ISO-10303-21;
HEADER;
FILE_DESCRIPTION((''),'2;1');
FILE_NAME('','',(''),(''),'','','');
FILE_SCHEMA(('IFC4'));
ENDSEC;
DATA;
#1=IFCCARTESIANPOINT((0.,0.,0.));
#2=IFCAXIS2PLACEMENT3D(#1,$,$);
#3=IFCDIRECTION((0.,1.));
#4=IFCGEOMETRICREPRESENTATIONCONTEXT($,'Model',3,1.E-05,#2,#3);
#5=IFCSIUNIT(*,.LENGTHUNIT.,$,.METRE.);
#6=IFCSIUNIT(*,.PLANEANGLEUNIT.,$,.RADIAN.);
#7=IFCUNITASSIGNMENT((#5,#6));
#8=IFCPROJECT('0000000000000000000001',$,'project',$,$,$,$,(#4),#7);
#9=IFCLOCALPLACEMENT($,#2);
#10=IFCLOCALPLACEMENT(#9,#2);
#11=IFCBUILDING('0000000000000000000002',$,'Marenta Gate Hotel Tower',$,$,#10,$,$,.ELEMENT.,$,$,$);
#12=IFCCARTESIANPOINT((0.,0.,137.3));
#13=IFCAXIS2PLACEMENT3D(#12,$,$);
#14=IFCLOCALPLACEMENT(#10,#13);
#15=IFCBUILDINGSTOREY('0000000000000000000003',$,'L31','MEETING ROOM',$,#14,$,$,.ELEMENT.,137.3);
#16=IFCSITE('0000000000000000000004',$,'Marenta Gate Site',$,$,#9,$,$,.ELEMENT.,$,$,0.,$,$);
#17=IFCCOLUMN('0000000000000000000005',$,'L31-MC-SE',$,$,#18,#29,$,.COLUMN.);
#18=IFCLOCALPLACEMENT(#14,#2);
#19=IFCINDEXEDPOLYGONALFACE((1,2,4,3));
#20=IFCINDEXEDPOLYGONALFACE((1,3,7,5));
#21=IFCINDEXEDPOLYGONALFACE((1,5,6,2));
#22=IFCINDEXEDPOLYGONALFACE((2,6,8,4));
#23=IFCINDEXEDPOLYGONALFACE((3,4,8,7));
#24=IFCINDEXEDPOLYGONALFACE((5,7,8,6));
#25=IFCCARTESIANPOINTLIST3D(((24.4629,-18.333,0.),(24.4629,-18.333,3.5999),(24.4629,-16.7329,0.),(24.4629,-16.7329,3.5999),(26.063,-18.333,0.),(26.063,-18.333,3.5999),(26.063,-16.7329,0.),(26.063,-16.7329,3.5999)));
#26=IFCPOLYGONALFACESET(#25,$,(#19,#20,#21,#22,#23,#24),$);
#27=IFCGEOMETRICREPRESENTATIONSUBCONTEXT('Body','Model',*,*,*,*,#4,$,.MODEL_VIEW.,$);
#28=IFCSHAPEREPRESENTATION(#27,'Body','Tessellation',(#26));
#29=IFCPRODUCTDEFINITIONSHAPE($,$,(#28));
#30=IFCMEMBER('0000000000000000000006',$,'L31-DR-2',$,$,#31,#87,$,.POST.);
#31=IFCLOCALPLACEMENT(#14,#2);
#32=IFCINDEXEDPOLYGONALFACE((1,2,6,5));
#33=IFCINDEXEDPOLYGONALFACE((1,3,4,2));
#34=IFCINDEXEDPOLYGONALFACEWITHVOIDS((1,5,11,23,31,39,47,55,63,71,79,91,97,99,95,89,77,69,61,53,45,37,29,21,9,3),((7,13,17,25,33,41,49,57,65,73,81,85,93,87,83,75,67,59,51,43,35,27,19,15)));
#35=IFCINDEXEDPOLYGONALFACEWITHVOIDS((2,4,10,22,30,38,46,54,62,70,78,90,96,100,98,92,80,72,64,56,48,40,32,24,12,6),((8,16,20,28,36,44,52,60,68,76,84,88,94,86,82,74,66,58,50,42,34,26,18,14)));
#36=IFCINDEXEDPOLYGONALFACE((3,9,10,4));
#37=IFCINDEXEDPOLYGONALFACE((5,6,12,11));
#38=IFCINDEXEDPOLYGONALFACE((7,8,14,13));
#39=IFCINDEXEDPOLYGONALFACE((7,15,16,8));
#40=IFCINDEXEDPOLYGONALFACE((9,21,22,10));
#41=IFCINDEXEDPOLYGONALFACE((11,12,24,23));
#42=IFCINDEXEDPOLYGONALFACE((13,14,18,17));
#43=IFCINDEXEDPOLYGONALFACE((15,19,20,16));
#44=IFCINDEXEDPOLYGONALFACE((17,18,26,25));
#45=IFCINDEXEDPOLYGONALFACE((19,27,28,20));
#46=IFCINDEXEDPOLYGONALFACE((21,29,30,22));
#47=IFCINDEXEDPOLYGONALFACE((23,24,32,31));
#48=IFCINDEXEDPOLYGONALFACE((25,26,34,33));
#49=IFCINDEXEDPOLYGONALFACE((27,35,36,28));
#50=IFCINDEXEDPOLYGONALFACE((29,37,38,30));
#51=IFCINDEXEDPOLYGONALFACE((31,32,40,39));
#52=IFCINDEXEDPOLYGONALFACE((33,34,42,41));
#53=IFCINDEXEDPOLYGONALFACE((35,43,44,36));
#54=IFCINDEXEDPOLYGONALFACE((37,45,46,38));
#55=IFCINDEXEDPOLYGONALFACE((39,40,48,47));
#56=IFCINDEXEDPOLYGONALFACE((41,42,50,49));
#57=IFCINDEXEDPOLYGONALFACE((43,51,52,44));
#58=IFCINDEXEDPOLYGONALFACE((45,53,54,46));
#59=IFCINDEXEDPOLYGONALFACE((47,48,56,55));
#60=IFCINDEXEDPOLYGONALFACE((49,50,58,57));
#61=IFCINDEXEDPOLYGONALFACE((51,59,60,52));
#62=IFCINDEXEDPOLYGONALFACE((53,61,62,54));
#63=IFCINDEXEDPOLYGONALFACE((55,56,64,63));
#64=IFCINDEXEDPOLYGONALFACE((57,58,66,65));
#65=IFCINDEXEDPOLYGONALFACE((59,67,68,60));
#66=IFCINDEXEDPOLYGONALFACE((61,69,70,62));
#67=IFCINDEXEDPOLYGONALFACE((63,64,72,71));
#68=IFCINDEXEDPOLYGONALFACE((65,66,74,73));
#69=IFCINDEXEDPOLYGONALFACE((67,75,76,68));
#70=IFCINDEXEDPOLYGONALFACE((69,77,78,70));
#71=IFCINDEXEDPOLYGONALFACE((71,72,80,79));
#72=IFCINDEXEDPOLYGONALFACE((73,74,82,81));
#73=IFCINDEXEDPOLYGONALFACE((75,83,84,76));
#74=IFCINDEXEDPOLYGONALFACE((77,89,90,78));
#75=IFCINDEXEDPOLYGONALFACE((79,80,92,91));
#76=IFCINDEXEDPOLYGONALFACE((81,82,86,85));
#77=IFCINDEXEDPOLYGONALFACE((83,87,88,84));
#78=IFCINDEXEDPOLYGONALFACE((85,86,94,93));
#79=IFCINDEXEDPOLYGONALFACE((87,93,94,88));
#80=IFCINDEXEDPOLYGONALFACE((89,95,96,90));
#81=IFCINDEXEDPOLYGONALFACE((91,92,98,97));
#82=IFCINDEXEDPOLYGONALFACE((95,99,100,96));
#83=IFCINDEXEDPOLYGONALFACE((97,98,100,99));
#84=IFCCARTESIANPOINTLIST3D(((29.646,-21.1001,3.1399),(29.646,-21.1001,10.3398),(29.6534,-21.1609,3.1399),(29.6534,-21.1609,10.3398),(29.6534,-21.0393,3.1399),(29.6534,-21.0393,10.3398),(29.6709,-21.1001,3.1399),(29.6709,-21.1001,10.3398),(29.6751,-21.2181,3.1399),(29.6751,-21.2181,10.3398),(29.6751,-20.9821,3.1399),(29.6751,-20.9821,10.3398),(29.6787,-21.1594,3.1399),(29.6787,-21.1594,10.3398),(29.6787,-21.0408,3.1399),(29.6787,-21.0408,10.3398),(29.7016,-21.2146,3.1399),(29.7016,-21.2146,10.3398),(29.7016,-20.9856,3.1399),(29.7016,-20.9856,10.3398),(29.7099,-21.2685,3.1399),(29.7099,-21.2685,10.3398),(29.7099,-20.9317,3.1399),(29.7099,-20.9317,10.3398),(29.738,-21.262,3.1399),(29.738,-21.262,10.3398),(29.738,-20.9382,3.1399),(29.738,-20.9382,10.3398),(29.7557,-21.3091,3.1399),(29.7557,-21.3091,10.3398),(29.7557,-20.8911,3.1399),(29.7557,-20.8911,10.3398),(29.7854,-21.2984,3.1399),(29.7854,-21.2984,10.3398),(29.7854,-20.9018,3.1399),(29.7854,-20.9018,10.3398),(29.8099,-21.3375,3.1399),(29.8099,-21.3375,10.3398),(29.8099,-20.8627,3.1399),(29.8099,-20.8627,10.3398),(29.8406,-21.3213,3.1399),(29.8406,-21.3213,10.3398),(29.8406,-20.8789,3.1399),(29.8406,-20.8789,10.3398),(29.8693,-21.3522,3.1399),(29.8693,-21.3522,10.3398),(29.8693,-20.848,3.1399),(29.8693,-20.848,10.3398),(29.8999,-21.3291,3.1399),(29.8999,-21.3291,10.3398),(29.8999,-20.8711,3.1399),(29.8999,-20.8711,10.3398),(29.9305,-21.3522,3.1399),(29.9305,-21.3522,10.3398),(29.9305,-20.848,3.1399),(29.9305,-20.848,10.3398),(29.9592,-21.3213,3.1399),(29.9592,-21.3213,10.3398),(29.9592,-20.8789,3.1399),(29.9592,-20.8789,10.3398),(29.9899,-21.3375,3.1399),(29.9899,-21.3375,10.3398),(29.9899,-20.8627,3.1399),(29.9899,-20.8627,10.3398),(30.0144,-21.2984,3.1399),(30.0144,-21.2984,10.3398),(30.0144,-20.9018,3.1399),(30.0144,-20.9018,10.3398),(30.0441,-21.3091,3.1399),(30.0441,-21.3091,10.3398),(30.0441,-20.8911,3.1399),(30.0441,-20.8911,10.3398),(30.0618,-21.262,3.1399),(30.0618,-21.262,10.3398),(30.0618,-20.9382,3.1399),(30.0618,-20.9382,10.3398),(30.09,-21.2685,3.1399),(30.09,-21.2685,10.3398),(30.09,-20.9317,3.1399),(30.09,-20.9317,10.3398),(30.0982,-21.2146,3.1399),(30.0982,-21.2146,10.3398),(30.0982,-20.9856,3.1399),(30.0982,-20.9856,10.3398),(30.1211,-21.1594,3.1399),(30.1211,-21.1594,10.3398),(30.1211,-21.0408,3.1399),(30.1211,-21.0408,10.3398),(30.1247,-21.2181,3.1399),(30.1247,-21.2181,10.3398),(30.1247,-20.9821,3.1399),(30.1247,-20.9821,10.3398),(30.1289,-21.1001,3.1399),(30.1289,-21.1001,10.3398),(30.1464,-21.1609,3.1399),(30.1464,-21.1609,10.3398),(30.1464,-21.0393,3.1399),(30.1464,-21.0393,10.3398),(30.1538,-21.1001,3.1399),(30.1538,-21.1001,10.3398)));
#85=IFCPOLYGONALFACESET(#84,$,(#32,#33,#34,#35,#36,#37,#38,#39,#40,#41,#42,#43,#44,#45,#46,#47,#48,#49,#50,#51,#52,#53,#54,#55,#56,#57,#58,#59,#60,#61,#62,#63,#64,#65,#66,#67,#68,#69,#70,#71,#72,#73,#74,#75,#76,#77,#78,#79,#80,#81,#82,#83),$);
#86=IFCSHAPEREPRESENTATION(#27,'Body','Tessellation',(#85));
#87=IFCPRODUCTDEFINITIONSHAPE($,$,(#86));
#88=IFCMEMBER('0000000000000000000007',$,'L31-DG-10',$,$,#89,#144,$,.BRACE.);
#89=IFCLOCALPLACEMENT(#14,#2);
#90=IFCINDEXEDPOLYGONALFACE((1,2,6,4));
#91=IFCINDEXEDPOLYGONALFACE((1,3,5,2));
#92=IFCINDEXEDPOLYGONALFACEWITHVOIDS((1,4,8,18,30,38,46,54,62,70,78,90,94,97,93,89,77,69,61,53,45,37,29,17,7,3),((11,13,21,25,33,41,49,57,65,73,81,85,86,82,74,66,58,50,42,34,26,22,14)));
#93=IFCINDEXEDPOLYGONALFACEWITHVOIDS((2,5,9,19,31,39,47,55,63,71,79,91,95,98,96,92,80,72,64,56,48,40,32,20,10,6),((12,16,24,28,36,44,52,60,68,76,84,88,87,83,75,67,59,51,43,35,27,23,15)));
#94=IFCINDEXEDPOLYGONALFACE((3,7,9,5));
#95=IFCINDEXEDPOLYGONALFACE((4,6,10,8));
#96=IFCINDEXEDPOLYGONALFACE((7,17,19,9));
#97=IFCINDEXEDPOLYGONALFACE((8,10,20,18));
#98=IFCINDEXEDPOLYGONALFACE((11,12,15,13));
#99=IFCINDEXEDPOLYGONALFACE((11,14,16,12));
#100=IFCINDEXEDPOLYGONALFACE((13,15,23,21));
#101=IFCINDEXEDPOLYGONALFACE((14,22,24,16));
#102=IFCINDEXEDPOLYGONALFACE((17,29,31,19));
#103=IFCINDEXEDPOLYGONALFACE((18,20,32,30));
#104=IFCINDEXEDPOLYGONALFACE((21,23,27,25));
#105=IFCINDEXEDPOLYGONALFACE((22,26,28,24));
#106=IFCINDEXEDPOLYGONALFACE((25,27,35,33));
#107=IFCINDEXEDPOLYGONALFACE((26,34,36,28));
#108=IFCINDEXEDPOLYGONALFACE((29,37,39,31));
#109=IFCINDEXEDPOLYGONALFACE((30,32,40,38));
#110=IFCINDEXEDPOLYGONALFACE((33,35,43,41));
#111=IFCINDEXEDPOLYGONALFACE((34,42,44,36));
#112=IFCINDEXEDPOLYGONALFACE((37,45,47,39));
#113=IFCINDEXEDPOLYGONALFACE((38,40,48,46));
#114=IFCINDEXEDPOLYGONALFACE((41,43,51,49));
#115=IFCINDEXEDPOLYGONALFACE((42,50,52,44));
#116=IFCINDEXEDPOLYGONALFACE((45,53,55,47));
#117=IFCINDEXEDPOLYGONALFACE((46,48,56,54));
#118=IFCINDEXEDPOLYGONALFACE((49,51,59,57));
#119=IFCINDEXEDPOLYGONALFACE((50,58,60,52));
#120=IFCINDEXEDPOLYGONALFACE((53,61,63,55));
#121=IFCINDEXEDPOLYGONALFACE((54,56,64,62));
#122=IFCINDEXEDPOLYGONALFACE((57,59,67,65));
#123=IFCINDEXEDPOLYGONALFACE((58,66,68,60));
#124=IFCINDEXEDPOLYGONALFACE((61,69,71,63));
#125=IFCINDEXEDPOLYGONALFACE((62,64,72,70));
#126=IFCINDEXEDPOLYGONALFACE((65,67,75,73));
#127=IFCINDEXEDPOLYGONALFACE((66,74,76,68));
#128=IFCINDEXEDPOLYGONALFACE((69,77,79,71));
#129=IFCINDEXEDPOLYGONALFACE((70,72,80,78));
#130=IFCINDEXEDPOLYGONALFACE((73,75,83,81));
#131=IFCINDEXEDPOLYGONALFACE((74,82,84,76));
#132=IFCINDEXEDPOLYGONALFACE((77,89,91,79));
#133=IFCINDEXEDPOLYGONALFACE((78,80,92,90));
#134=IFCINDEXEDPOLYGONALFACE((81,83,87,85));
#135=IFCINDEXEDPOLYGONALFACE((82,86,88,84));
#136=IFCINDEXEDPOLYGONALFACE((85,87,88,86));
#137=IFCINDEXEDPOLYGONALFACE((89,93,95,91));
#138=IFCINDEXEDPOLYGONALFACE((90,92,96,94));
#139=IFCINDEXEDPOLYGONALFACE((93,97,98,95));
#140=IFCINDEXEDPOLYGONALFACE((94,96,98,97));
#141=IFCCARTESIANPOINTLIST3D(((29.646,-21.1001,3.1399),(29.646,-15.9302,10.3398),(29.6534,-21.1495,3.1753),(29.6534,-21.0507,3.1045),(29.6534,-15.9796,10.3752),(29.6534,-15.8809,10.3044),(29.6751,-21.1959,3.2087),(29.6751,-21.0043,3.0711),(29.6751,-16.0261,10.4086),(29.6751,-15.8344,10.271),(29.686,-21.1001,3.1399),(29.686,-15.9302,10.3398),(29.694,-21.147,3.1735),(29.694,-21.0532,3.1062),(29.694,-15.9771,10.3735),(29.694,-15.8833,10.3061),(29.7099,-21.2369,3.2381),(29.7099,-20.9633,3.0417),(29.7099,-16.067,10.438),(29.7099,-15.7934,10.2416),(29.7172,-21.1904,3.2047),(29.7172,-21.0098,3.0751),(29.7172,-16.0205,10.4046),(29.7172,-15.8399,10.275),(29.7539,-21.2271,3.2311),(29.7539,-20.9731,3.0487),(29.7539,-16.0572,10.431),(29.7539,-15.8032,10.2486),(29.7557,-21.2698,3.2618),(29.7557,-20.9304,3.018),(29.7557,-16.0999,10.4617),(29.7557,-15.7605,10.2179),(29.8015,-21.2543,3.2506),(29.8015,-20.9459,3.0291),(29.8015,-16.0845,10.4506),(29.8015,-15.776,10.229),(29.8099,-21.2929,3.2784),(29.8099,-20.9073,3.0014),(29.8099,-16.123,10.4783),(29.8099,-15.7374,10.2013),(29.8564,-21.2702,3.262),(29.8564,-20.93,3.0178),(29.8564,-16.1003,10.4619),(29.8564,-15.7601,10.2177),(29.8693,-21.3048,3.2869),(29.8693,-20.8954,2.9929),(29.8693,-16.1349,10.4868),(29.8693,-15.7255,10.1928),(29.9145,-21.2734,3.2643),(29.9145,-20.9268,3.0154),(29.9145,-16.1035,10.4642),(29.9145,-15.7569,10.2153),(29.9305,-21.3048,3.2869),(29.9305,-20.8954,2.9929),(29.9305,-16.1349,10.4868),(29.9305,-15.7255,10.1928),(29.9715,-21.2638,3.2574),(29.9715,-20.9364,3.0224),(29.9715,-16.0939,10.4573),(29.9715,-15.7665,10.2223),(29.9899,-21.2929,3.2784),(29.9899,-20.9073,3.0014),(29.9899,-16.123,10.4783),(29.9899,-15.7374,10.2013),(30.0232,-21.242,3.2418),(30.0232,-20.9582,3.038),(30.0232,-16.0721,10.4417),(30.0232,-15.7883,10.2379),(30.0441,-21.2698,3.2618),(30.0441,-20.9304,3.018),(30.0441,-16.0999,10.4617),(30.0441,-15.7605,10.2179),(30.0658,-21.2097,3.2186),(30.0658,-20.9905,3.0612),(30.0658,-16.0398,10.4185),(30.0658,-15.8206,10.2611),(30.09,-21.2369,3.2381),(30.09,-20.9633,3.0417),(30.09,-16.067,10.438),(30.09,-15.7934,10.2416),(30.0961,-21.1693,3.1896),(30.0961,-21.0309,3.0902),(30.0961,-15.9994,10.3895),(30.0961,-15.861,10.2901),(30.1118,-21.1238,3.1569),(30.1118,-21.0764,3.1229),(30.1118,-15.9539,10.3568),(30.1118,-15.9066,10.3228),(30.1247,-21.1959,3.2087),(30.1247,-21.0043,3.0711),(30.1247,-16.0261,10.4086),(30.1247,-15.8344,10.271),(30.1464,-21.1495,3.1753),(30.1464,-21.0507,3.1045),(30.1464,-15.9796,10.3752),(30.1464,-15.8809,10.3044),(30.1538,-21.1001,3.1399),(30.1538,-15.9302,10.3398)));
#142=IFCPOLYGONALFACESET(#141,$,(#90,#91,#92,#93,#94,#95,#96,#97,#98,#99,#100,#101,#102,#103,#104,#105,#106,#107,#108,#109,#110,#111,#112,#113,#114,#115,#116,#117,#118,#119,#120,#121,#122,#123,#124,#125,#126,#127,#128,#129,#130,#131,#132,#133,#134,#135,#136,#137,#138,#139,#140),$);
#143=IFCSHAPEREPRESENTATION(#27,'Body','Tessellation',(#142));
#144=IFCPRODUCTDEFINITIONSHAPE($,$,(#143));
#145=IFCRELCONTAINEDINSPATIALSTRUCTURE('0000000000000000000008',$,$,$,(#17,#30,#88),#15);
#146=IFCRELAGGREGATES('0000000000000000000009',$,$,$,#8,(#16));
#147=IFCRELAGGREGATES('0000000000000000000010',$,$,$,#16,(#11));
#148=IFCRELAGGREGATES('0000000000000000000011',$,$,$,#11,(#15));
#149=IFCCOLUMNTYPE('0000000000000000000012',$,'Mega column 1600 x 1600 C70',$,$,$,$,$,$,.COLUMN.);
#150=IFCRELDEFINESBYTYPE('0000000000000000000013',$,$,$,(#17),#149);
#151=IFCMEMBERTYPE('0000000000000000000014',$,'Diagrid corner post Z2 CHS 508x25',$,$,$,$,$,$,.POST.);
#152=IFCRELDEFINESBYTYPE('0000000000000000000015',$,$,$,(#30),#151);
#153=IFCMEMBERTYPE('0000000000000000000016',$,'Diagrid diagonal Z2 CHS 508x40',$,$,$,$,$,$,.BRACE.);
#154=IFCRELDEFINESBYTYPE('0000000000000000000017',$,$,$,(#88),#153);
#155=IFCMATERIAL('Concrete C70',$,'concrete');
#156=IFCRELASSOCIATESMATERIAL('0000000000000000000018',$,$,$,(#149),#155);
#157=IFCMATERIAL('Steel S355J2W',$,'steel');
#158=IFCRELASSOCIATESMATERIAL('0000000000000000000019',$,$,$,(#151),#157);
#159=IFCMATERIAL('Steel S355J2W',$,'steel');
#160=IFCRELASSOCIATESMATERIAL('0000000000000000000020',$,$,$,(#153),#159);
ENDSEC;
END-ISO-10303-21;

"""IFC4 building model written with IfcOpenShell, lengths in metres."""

from ifc_helpers import new_model, si_unit, direction, frame, origin, origin_2d, place, context, subcontext, project, spatial, rectangle, hollow_circle, extrude, material, material_profile, profile_set, type_object, element, save


model = new_model("IFC4")

# Units and contexts
model_context = context("Model", 3, precision=1e-05, world=origin(), true_north=direction((0.0, 1.0)))
body_context = subcontext(model_context, "Body", "Model", "MODEL_VIEW")
ifc_project = project(units=[si_unit("LENGTHUNIT", "METRE"), si_unit("PLANEANGLEUNIT", "RADIAN")], contexts=[model_context])

# Site, building, storey
site_placement = place(None, origin())
site = spatial("IfcSite", under=ifc_project, at=site_placement, Name="Marenta Gate Site", CompositionType="ELEMENT", RefElevation=0.0)
building_placement = place(site_placement, origin())
building = spatial("IfcBuilding", under=site, at=building_placement, Name="Marenta Gate Hotel Tower", CompositionType="ELEMENT")
storey_placement = place(building_placement, frame((0.0, 0.0, 137.3)))
storey = spatial("IfcBuildingStorey", under=building, at=storey_placement, Name="L31", Description="MEETING ROOM", CompositionType="ELEMENT", Elevation=137.3)

# Column
ifc_material_1 = material(Name="Concrete C70", Category="concrete")
ifc_material_profile_1 = material_profile(ifc_material_1, rectangle(XDim=1.6001, YDim=1.6001, at=origin_2d()), Name="1600 x 1600")
ifc_profile_set_1 = profile_set([ifc_material_profile_1], Name="Concrete C70")
column_type = type_object("IfcColumnType", Name="Mega column 1600 x 1600 C70", PredefinedType="COLUMN", material=ifc_profile_set_1)
column_placement = place(storey_placement, frame((25.2629, -17.533, 0.0), z_axis=(0.0, 0.0, 1.0), x_axis=(1.0, 0.0, 0.0)))
element("IfcColumn", 1, at=column_placement, inside=storey, type_object=column_type, Name="L31-MC-SE", PredefinedType="COLUMN", context=body_context, shape_type="SweptSolid", body=[
    extrude(rectangle(XDim=1.6001, YDim=1.6001, at=origin_2d()), origin(), (0.0, 0.0, 1.0), 3.5999),
])

# Members
ifc_material_2 = material(Name="Steel S355J2W", Category="steel")
ifc_material_profile_2 = material_profile(ifc_material_2, hollow_circle(Radius=0.2539, WallThickness=0.0249, at=origin_2d()), Name="CHS 508x25")
ifc_profile_set_2 = profile_set([ifc_material_profile_2], Name="Steel S355J2W")
member_type_1 = type_object("IfcMemberType", Name="Diagrid corner post Z2 CHS 508x25", PredefinedType="POST", material=ifc_profile_set_2)
member_1_placement = place(storey_placement, frame((29.8999, -21.1001, 3.1399), z_axis=(0.0, 0.0, 1.0), x_axis=(1.0, 0.0, 0.0)))
element("IfcMember", 2, at=member_1_placement, inside=storey, type_object=member_type_1, Name="L31-DR-2", PredefinedType="POST", context=body_context, shape_type="SweptSolid", body=[
    extrude(hollow_circle(Radius=0.2539, WallThickness=0.0249, at=origin_2d()), origin(), (0.0, 0.0, 1.0), 7.2),
])
ifc_material_3 = material(Name="Steel S355J2W", Category="steel")
ifc_material_profile_3 = material_profile(ifc_material_3, hollow_circle(Radius=0.2539, WallThickness=0.04, at=origin_2d()), Name="CHS 508x40")
ifc_profile_set_3 = profile_set([ifc_material_profile_3], Name="Steel S355J2W")
member_type_2 = type_object("IfcMemberType", Name="Diagrid diagonal Z2 CHS 508x40", PredefinedType="BRACE", material=ifc_profile_set_3)
member_2_placement = place(storey_placement, frame((29.8999, -21.1001, 3.1399), z_axis=(0.0, 0.583261, 0.812285), x_axis=(-1.0, 0.0, 0.0)))
element("IfcMember", 3, at=member_2_placement, inside=storey, type_object=member_type_2, Name="L31-DG-10", PredefinedType="BRACE", context=body_context, shape_type="SweptSolid", body=[
    extrude(hollow_circle(Radius=0.2539, WallThickness=0.04, at=origin_2d()), origin(), (0.0, 0.0, 1.0), 8.8638),
])

save(model, "model.ifc")
